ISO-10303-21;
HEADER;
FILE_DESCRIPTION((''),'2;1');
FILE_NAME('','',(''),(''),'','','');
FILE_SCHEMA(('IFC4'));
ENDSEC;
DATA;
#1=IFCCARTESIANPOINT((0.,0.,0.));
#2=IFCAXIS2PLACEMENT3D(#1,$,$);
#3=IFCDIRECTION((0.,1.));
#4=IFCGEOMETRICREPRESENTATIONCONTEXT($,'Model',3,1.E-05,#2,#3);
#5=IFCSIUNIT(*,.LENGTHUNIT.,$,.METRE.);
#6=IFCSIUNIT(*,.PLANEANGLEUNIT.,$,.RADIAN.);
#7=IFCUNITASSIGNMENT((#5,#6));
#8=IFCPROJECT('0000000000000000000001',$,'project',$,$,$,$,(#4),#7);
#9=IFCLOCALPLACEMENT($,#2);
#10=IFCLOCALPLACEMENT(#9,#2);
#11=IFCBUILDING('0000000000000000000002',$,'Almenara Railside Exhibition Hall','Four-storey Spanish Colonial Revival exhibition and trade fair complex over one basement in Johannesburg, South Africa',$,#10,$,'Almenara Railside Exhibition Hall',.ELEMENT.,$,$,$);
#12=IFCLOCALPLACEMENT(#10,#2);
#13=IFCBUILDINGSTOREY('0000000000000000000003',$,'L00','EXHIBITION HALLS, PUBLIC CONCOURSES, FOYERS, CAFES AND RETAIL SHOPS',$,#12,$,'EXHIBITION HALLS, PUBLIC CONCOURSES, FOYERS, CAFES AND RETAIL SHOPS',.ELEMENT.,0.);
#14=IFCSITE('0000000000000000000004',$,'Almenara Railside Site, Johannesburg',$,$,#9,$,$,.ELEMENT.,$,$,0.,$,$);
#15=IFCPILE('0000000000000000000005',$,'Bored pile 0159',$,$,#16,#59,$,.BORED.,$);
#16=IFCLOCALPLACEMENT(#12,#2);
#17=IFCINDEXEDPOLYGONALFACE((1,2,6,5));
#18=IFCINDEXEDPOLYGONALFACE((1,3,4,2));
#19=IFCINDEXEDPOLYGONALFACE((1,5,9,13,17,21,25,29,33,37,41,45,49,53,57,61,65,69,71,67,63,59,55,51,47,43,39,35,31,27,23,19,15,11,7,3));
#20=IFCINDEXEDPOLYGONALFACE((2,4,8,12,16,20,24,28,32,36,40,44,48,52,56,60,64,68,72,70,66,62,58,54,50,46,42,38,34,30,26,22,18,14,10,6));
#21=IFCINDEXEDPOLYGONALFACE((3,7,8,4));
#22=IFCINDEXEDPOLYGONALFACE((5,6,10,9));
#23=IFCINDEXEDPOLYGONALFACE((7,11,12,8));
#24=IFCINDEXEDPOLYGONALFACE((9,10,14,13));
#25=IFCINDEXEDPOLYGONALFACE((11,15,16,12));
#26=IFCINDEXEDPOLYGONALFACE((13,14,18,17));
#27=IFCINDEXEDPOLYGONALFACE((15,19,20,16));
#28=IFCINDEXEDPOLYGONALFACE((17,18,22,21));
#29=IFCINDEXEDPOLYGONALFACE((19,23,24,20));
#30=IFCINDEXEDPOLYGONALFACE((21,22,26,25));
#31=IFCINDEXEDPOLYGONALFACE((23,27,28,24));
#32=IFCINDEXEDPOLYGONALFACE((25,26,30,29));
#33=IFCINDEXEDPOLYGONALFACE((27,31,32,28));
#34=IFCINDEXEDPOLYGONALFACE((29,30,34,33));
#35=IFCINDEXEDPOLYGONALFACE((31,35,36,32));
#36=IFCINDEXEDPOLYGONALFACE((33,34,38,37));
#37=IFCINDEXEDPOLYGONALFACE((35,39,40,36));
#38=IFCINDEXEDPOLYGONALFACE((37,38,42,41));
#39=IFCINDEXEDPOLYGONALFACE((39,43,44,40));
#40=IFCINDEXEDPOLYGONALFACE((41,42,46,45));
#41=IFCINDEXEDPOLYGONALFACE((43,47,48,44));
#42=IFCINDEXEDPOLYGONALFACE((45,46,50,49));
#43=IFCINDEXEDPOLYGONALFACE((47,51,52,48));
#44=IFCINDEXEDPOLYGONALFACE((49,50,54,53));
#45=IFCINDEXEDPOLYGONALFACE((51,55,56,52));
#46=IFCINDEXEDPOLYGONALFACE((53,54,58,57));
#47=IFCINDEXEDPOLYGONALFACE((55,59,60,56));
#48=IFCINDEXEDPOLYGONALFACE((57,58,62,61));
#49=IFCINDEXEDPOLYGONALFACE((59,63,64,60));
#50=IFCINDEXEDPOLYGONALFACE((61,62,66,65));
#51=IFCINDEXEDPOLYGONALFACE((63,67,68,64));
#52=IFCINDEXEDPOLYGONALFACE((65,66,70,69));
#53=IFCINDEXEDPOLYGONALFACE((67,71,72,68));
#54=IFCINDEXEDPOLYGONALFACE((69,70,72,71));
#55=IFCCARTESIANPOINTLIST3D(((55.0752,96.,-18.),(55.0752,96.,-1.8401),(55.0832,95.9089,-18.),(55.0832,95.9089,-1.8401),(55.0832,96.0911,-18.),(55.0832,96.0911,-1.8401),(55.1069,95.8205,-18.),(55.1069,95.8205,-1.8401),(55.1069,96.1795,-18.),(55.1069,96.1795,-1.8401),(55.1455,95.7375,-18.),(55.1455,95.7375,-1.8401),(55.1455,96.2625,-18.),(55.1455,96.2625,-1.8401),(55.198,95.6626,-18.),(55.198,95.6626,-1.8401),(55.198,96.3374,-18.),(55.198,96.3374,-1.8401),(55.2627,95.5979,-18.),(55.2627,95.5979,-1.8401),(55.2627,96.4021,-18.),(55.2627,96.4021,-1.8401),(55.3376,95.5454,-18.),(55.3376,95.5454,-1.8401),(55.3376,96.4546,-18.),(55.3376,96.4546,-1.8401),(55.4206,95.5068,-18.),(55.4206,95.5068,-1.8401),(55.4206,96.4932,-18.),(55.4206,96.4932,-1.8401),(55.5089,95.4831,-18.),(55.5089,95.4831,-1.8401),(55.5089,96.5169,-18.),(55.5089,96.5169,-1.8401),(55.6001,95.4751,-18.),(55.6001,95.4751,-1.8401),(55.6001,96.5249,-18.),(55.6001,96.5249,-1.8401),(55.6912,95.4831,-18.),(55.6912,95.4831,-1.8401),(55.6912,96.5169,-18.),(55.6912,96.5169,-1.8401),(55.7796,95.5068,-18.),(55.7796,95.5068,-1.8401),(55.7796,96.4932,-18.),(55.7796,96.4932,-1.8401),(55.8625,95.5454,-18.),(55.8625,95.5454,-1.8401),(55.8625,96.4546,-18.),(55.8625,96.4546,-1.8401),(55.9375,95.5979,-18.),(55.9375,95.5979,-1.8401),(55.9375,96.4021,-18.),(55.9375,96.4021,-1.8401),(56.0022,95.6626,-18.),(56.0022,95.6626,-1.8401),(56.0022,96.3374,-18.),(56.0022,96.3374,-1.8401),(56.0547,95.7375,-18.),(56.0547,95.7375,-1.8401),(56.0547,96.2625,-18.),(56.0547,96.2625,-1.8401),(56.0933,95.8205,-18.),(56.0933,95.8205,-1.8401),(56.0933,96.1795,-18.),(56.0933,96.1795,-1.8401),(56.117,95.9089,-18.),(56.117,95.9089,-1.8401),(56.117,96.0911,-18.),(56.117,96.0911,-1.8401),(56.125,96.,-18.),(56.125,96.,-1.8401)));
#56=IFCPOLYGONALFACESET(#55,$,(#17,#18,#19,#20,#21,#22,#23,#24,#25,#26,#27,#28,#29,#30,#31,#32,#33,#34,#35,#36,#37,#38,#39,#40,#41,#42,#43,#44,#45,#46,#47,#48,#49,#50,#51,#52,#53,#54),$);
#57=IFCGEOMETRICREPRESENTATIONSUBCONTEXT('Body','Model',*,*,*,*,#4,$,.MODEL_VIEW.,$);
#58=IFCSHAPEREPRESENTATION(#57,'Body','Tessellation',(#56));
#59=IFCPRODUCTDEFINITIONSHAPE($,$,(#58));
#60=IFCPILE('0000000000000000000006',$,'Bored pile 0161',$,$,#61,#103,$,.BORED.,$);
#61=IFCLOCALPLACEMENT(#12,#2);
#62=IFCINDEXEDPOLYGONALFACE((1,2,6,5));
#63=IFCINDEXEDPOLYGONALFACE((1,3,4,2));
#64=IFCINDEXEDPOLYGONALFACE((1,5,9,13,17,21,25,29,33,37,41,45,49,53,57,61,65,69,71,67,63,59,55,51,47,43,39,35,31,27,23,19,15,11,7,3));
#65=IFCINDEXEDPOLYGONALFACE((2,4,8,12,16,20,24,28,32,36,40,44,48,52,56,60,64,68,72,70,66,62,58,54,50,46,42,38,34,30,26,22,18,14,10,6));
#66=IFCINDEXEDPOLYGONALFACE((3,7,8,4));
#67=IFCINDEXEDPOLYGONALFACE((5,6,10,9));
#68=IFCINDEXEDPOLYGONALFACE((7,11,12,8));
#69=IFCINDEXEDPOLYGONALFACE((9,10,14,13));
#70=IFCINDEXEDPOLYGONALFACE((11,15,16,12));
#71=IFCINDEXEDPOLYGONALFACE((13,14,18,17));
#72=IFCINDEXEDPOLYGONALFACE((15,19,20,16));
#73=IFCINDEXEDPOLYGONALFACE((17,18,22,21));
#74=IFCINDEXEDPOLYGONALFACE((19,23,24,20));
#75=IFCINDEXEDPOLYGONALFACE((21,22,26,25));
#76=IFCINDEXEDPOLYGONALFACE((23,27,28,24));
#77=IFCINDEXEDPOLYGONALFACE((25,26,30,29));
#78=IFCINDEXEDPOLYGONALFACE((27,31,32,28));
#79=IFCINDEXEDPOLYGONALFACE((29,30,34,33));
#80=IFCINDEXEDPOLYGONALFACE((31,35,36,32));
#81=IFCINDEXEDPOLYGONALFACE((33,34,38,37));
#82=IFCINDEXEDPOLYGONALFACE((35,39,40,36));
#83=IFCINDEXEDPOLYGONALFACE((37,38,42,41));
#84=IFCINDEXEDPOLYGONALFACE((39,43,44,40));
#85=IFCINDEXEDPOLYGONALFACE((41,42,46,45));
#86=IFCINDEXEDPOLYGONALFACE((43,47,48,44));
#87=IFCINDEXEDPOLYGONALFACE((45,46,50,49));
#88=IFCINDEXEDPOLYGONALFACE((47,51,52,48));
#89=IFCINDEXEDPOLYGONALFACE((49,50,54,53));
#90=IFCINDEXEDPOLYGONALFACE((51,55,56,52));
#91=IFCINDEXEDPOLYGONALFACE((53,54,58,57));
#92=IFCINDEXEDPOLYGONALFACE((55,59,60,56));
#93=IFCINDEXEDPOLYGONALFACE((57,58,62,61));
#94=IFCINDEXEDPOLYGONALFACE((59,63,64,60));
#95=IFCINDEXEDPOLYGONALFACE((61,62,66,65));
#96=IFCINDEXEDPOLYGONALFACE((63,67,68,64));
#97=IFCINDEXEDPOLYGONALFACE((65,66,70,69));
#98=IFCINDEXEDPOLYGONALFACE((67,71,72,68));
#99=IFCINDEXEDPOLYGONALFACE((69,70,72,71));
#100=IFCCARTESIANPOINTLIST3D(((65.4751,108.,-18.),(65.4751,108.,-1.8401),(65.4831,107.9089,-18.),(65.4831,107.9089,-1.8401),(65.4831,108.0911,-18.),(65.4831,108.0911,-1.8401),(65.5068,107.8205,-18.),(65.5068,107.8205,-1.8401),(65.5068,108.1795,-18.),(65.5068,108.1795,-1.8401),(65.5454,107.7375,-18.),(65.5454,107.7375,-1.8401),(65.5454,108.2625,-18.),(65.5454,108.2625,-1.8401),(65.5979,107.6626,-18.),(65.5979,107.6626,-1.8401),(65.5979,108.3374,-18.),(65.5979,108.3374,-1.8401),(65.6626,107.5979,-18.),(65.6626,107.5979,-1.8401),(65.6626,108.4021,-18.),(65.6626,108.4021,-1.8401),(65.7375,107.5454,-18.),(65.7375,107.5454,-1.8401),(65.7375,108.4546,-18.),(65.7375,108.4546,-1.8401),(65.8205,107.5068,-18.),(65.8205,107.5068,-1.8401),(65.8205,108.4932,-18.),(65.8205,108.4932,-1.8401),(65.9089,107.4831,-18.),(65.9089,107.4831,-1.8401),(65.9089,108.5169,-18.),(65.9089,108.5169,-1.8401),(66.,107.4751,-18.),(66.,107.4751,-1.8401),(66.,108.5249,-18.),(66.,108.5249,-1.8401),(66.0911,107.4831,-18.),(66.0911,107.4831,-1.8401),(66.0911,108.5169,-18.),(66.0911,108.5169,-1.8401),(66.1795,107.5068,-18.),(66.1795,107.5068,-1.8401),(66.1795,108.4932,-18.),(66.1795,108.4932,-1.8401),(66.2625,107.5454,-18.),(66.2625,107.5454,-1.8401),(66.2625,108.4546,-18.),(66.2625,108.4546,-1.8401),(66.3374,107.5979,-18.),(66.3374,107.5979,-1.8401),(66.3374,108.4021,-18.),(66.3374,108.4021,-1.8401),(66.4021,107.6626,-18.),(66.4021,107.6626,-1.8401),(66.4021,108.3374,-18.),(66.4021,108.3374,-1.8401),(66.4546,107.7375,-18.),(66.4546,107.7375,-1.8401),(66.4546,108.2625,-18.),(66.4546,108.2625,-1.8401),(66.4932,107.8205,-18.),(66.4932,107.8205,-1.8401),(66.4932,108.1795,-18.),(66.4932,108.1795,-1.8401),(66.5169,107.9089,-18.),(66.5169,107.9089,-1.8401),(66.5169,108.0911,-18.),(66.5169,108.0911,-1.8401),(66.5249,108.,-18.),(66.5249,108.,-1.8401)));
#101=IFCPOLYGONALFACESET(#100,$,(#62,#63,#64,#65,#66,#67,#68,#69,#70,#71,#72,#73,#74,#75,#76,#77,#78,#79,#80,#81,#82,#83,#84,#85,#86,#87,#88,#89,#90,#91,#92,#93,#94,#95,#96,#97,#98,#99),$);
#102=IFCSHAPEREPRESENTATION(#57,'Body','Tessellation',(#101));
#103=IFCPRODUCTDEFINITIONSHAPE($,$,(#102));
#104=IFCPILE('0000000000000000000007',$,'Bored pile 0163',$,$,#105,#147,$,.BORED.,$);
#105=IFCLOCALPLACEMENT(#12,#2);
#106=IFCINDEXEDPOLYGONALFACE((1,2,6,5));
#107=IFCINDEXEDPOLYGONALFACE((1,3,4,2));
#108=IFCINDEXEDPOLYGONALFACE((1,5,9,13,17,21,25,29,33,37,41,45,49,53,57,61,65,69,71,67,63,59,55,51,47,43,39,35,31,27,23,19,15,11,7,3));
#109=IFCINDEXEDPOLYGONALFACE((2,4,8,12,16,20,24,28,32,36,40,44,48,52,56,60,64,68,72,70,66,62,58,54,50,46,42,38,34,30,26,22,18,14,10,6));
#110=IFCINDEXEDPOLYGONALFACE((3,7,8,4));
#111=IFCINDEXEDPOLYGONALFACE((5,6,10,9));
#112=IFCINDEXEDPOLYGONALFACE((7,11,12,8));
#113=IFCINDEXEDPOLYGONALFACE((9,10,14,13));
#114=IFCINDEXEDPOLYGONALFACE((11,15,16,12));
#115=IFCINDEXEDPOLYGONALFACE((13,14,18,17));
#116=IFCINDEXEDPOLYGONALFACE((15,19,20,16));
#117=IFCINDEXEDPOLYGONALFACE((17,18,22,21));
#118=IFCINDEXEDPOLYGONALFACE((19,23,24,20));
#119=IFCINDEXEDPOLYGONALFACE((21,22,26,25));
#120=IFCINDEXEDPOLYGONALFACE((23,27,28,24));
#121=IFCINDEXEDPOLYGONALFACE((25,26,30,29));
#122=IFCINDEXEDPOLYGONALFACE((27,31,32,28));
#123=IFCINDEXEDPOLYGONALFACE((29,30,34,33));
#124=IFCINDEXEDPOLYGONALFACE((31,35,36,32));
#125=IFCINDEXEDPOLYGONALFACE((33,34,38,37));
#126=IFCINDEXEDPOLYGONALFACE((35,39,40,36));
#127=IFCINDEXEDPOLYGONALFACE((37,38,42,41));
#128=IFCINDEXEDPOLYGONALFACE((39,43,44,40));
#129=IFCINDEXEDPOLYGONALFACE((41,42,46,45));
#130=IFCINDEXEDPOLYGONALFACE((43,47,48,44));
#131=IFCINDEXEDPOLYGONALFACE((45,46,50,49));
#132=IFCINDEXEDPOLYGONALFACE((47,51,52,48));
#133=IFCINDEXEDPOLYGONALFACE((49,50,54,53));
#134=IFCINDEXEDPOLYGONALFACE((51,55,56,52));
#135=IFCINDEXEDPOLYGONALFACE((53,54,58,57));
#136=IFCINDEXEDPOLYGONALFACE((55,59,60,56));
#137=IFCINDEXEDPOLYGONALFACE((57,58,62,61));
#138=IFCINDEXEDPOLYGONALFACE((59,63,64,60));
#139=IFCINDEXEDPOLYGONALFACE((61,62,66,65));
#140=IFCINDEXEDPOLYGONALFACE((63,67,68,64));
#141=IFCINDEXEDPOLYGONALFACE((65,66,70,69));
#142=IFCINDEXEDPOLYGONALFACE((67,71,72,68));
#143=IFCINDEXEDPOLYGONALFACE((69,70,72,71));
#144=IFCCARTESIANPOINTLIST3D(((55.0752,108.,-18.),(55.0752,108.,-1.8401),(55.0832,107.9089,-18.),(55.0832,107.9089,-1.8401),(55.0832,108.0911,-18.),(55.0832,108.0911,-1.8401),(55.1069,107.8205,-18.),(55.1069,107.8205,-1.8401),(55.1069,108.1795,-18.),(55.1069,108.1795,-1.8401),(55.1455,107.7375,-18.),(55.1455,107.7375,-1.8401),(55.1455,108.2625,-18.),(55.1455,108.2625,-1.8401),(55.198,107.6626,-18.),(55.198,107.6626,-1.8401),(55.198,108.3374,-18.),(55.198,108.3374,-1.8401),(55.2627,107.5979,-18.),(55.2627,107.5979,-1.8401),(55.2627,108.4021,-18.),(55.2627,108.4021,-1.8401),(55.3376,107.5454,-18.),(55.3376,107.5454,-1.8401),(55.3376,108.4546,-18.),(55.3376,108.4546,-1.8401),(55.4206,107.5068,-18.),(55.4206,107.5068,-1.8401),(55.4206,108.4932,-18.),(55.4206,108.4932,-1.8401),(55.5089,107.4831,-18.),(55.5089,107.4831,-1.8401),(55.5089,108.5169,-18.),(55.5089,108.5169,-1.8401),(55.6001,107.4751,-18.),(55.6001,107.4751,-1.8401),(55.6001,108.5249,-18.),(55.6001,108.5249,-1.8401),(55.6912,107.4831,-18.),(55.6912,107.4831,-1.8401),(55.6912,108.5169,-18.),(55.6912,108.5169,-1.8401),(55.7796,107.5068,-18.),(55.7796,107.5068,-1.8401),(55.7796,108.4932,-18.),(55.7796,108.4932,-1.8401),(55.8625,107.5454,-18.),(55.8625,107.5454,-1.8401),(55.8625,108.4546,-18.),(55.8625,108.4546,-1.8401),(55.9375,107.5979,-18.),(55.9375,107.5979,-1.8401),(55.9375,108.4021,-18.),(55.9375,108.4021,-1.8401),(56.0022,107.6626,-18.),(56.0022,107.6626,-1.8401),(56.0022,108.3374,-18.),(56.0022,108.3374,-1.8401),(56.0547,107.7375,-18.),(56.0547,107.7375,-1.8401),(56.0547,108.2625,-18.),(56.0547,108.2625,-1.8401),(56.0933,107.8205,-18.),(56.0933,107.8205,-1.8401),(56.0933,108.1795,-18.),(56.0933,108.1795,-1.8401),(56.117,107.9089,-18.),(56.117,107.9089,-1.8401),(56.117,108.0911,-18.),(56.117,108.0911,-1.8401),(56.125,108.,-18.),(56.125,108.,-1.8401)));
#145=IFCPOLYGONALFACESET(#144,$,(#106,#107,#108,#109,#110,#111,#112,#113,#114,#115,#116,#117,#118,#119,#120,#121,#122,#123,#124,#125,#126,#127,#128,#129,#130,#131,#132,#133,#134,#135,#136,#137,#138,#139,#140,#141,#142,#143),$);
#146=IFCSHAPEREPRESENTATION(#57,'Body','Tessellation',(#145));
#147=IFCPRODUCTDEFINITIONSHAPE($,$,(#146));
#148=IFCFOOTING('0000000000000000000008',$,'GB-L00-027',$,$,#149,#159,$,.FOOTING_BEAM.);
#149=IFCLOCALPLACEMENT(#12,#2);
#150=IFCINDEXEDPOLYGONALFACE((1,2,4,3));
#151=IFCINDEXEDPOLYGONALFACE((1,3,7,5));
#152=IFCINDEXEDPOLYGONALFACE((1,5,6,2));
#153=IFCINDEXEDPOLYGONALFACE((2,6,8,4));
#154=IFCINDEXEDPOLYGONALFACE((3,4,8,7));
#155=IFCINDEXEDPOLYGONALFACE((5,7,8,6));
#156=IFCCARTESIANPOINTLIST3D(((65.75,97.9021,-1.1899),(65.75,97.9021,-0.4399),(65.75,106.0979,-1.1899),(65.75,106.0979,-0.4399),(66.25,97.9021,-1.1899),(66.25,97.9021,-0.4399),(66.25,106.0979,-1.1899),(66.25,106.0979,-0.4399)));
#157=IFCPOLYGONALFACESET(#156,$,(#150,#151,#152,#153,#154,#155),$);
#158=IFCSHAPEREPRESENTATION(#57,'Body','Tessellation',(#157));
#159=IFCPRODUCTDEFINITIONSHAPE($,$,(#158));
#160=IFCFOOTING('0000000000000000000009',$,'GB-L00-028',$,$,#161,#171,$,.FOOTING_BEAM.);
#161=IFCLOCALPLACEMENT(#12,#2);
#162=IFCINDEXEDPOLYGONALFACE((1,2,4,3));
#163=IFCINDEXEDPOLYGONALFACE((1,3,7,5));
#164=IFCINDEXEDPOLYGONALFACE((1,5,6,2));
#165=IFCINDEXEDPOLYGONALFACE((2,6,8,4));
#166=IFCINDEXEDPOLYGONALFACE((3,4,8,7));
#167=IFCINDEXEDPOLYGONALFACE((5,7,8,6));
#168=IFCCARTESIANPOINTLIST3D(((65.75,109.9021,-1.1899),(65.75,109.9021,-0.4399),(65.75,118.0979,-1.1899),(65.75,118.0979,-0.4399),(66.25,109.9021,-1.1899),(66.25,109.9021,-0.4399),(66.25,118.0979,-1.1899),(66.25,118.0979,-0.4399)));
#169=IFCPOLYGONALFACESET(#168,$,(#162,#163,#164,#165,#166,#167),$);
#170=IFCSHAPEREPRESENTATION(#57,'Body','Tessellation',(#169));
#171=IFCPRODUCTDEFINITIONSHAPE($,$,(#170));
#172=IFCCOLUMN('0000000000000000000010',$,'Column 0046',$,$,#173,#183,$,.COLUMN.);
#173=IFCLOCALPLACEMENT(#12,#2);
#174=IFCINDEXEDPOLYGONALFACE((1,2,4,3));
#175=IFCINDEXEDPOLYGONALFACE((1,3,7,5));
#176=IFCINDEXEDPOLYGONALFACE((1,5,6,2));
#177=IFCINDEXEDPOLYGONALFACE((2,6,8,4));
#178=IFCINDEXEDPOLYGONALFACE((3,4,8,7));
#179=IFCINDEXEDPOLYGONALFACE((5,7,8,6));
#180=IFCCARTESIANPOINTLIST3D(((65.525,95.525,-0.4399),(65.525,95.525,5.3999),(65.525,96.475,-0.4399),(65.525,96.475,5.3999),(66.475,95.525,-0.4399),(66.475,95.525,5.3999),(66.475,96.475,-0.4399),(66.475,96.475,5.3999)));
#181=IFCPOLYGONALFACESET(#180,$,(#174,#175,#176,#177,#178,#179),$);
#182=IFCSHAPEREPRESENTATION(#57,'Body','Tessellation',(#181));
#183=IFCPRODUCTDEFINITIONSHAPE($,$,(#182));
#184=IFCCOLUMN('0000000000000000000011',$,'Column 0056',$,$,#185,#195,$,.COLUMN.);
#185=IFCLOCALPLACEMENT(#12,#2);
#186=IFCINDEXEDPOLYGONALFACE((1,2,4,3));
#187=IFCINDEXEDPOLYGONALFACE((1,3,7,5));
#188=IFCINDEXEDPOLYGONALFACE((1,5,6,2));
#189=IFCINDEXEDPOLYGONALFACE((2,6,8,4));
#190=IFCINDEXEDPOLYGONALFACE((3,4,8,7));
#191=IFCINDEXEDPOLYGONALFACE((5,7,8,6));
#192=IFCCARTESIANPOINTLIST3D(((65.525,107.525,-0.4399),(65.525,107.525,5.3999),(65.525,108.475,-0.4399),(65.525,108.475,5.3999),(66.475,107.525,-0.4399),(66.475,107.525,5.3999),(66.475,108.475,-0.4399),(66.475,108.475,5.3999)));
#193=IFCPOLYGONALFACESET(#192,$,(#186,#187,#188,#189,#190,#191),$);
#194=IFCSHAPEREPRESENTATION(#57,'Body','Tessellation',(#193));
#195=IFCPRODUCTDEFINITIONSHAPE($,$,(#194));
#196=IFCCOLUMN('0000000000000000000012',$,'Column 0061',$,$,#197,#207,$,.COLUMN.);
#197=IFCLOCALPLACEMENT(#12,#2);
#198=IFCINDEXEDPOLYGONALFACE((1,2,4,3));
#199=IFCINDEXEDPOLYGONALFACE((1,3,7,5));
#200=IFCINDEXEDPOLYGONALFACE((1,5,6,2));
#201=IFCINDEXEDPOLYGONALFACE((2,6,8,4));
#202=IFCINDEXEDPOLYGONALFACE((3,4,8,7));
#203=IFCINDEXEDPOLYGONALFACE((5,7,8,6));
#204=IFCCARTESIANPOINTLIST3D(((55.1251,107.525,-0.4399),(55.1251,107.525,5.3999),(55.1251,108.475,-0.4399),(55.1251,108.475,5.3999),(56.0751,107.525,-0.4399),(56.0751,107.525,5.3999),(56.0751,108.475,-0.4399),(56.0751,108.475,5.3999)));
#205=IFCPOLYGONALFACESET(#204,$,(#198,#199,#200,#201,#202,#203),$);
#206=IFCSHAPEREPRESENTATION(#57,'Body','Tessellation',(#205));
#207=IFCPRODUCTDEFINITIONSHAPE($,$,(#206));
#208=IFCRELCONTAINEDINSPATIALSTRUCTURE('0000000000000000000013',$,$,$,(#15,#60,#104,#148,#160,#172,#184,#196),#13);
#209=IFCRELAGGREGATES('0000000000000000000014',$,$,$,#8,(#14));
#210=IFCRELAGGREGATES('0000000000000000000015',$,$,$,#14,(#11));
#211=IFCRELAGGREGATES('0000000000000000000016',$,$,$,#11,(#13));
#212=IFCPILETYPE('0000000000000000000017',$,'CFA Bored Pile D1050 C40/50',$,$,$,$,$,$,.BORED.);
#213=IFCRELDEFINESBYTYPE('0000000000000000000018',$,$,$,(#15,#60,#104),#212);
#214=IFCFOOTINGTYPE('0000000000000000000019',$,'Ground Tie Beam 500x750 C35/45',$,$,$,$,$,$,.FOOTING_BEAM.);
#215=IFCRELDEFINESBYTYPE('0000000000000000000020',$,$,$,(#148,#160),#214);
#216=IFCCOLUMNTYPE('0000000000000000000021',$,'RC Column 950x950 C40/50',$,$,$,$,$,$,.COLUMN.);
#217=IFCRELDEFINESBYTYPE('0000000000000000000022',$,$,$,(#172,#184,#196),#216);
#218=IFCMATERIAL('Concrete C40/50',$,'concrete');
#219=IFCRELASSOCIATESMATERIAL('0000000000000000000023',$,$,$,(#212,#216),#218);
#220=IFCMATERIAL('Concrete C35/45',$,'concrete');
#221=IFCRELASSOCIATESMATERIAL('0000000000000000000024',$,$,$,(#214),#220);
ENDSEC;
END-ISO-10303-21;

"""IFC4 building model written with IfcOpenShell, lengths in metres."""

from ifc_helpers import new_model, si_unit, direction, frame, origin, origin_2d, place, context, subcontext, project, spatial, rectangle, circle, extrude, material, material_profile, profile_set, type_object, element, save


model = new_model("IFC4")

# Units and contexts
model_context = context("Model", 3, precision=1e-05, world=origin(), true_north=direction((0.0, 1.0)))
body_context = subcontext(model_context, "Body", "Model", "MODEL_VIEW")
ifc_project = project(units=[si_unit("LENGTHUNIT", "METRE"), si_unit("PLANEANGLEUNIT", "RADIAN")], contexts=[model_context])

# Site, building, storey
site_placement = place(None, origin())
site = spatial("IfcSite", under=ifc_project, at=site_placement, Name="Almenara Railside Site, Johannesburg", CompositionType="ELEMENT", RefElevation=0.0)
building_placement = place(site_placement, origin())
building = spatial("IfcBuilding", under=site, at=building_placement, Name="Almenara Railside Exhibition Hall", Description="Four-storey Spanish Colonial Revival exhibition and trade fair complex over one basement in Johannesburg, South Africa", LongName="Almenara Railside Exhibition Hall", CompositionType="ELEMENT")
storey_placement = place(building_placement, origin())
storey = spatial("IfcBuildingStorey", under=building, at=storey_placement, Name="L00", Description="EXHIBITION HALLS, PUBLIC CONCOURSES, FOYERS, CAFES AND RETAIL SHOPS", LongName="EXHIBITION HALLS, PUBLIC CONCOURSES, FOYERS, CAFES AND RETAIL SHOPS", CompositionType="ELEMENT", Elevation=0.0)

# Piles
ifc_material_1 = material(Name="Concrete C40/50", Category="concrete")
ifc_material_profile_1 = material_profile(ifc_material_1, circle(Radius=0.5249, at=origin_2d()), Name="CFA-PILE D1050")
ifc_profile_set_1 = profile_set([ifc_material_profile_1], Name="Concrete C40/50")
pile_type = type_object("IfcPileType", Name="CFA Bored Pile D1050 C40/50", PredefinedType="BORED", material=ifc_profile_set_1)
for number, where, z_axis, x_axis, name in (
    (1, (55.6001, 96.0, -1.8401), (0.0, 0.0, -1.0), (1.0, 0.0, 0.0), "Bored pile 0159"),
    (2, (66.0, 108.0, -1.8401), (0.0, 0.0, -1.0), (1.0, 0.0, 0.0), "Bored pile 0161"),
    (3, (55.6001, 108.0, -1.8401), (0.0, 0.0, -1.0), (1.0, 0.0, 0.0), "Bored pile 0163"),
):
    element("IfcPile", number, at=place(storey_placement, frame(where, z_axis=z_axis, x_axis=x_axis)), inside=storey, type_object=pile_type, Name=name, PredefinedType="BORED", context=body_context, shape_type="SweptSolid", body=[
        extrude(circle(Radius=0.5249, at=origin_2d()), origin(), (0.0, 0.0, 1.0), 16.1599),
    ])

# Footings
ifc_material_2 = material(Name="Concrete C35/45", Category="concrete")
ifc_material_profile_2 = material_profile(ifc_material_2, rectangle(XDim=0.5, YDim=0.75, at=origin_2d()), Name="RC-GB 500x750")
ifc_profile_set_2 = profile_set([ifc_material_profile_2], Name="Concrete C35/45")
footing_type = type_object("IfcFootingType", Name="Ground Tie Beam 500x750 C35/45", PredefinedType="FOOTING_BEAM", material=ifc_profile_set_2)
for number, where, z_axis, x_axis, name in (
    (4, (66.0, 97.9021, -0.8149), (0.0, 1.0, 0.0), (-1.0, 0.0, 0.0), "GB-L00-027"),
    (5, (66.0, 109.9021, -0.8149), (0.0, 1.0, 0.0), (-1.0, 0.0, 0.0), "GB-L00-028"),
):
    element("IfcFooting", number, at=place(storey_placement, frame(where, z_axis=z_axis, x_axis=x_axis)), inside=storey, type_object=footing_type, Name=name, PredefinedType="FOOTING_BEAM", context=body_context, shape_type="SweptSolid", body=[
        extrude(rectangle(XDim=0.5, YDim=0.75, at=origin_2d()), origin(), (0.0, 0.0, 1.0), 8.1958),
    ])

# Columns
ifc_material_profile_3 = material_profile(ifc_material_1, rectangle(XDim=0.95, YDim=0.95, at=origin_2d()), Name="RC 950x950")
ifc_profile_set_3 = profile_set([ifc_material_profile_3], Name="Concrete C40/50")
column_type = type_object("IfcColumnType", Name="RC Column 950x950 C40/50", PredefinedType="COLUMN", material=ifc_profile_set_3)
for number, where, z_axis, x_axis, name in (
    (6, (66.0, 96.0, -0.4399), (0.0, 0.0, 1.0), (1.0, 0.0, 0.0), "Column 0046"),
    (7, (66.0, 108.0, -0.4399), (0.0, 0.0, 1.0), (1.0, 0.0, 0.0), "Column 0056"),
    (8, (55.6001, 108.0, -0.4399), (0.0, 0.0, 1.0), (1.0, 0.0, 0.0), "Column 0061"),
):
    element("IfcColumn", number, at=place(storey_placement, frame(where, z_axis=z_axis, x_axis=x_axis)), inside=storey, type_object=column_type, Name=name, PredefinedType="COLUMN", context=body_context, shape_type="SweptSolid", body=[
        extrude(rectangle(XDim=0.95, YDim=0.95, at=origin_2d()), origin(), (0.0, 0.0, 1.0), 5.8398),
    ])

save(model, "model.ifc")
